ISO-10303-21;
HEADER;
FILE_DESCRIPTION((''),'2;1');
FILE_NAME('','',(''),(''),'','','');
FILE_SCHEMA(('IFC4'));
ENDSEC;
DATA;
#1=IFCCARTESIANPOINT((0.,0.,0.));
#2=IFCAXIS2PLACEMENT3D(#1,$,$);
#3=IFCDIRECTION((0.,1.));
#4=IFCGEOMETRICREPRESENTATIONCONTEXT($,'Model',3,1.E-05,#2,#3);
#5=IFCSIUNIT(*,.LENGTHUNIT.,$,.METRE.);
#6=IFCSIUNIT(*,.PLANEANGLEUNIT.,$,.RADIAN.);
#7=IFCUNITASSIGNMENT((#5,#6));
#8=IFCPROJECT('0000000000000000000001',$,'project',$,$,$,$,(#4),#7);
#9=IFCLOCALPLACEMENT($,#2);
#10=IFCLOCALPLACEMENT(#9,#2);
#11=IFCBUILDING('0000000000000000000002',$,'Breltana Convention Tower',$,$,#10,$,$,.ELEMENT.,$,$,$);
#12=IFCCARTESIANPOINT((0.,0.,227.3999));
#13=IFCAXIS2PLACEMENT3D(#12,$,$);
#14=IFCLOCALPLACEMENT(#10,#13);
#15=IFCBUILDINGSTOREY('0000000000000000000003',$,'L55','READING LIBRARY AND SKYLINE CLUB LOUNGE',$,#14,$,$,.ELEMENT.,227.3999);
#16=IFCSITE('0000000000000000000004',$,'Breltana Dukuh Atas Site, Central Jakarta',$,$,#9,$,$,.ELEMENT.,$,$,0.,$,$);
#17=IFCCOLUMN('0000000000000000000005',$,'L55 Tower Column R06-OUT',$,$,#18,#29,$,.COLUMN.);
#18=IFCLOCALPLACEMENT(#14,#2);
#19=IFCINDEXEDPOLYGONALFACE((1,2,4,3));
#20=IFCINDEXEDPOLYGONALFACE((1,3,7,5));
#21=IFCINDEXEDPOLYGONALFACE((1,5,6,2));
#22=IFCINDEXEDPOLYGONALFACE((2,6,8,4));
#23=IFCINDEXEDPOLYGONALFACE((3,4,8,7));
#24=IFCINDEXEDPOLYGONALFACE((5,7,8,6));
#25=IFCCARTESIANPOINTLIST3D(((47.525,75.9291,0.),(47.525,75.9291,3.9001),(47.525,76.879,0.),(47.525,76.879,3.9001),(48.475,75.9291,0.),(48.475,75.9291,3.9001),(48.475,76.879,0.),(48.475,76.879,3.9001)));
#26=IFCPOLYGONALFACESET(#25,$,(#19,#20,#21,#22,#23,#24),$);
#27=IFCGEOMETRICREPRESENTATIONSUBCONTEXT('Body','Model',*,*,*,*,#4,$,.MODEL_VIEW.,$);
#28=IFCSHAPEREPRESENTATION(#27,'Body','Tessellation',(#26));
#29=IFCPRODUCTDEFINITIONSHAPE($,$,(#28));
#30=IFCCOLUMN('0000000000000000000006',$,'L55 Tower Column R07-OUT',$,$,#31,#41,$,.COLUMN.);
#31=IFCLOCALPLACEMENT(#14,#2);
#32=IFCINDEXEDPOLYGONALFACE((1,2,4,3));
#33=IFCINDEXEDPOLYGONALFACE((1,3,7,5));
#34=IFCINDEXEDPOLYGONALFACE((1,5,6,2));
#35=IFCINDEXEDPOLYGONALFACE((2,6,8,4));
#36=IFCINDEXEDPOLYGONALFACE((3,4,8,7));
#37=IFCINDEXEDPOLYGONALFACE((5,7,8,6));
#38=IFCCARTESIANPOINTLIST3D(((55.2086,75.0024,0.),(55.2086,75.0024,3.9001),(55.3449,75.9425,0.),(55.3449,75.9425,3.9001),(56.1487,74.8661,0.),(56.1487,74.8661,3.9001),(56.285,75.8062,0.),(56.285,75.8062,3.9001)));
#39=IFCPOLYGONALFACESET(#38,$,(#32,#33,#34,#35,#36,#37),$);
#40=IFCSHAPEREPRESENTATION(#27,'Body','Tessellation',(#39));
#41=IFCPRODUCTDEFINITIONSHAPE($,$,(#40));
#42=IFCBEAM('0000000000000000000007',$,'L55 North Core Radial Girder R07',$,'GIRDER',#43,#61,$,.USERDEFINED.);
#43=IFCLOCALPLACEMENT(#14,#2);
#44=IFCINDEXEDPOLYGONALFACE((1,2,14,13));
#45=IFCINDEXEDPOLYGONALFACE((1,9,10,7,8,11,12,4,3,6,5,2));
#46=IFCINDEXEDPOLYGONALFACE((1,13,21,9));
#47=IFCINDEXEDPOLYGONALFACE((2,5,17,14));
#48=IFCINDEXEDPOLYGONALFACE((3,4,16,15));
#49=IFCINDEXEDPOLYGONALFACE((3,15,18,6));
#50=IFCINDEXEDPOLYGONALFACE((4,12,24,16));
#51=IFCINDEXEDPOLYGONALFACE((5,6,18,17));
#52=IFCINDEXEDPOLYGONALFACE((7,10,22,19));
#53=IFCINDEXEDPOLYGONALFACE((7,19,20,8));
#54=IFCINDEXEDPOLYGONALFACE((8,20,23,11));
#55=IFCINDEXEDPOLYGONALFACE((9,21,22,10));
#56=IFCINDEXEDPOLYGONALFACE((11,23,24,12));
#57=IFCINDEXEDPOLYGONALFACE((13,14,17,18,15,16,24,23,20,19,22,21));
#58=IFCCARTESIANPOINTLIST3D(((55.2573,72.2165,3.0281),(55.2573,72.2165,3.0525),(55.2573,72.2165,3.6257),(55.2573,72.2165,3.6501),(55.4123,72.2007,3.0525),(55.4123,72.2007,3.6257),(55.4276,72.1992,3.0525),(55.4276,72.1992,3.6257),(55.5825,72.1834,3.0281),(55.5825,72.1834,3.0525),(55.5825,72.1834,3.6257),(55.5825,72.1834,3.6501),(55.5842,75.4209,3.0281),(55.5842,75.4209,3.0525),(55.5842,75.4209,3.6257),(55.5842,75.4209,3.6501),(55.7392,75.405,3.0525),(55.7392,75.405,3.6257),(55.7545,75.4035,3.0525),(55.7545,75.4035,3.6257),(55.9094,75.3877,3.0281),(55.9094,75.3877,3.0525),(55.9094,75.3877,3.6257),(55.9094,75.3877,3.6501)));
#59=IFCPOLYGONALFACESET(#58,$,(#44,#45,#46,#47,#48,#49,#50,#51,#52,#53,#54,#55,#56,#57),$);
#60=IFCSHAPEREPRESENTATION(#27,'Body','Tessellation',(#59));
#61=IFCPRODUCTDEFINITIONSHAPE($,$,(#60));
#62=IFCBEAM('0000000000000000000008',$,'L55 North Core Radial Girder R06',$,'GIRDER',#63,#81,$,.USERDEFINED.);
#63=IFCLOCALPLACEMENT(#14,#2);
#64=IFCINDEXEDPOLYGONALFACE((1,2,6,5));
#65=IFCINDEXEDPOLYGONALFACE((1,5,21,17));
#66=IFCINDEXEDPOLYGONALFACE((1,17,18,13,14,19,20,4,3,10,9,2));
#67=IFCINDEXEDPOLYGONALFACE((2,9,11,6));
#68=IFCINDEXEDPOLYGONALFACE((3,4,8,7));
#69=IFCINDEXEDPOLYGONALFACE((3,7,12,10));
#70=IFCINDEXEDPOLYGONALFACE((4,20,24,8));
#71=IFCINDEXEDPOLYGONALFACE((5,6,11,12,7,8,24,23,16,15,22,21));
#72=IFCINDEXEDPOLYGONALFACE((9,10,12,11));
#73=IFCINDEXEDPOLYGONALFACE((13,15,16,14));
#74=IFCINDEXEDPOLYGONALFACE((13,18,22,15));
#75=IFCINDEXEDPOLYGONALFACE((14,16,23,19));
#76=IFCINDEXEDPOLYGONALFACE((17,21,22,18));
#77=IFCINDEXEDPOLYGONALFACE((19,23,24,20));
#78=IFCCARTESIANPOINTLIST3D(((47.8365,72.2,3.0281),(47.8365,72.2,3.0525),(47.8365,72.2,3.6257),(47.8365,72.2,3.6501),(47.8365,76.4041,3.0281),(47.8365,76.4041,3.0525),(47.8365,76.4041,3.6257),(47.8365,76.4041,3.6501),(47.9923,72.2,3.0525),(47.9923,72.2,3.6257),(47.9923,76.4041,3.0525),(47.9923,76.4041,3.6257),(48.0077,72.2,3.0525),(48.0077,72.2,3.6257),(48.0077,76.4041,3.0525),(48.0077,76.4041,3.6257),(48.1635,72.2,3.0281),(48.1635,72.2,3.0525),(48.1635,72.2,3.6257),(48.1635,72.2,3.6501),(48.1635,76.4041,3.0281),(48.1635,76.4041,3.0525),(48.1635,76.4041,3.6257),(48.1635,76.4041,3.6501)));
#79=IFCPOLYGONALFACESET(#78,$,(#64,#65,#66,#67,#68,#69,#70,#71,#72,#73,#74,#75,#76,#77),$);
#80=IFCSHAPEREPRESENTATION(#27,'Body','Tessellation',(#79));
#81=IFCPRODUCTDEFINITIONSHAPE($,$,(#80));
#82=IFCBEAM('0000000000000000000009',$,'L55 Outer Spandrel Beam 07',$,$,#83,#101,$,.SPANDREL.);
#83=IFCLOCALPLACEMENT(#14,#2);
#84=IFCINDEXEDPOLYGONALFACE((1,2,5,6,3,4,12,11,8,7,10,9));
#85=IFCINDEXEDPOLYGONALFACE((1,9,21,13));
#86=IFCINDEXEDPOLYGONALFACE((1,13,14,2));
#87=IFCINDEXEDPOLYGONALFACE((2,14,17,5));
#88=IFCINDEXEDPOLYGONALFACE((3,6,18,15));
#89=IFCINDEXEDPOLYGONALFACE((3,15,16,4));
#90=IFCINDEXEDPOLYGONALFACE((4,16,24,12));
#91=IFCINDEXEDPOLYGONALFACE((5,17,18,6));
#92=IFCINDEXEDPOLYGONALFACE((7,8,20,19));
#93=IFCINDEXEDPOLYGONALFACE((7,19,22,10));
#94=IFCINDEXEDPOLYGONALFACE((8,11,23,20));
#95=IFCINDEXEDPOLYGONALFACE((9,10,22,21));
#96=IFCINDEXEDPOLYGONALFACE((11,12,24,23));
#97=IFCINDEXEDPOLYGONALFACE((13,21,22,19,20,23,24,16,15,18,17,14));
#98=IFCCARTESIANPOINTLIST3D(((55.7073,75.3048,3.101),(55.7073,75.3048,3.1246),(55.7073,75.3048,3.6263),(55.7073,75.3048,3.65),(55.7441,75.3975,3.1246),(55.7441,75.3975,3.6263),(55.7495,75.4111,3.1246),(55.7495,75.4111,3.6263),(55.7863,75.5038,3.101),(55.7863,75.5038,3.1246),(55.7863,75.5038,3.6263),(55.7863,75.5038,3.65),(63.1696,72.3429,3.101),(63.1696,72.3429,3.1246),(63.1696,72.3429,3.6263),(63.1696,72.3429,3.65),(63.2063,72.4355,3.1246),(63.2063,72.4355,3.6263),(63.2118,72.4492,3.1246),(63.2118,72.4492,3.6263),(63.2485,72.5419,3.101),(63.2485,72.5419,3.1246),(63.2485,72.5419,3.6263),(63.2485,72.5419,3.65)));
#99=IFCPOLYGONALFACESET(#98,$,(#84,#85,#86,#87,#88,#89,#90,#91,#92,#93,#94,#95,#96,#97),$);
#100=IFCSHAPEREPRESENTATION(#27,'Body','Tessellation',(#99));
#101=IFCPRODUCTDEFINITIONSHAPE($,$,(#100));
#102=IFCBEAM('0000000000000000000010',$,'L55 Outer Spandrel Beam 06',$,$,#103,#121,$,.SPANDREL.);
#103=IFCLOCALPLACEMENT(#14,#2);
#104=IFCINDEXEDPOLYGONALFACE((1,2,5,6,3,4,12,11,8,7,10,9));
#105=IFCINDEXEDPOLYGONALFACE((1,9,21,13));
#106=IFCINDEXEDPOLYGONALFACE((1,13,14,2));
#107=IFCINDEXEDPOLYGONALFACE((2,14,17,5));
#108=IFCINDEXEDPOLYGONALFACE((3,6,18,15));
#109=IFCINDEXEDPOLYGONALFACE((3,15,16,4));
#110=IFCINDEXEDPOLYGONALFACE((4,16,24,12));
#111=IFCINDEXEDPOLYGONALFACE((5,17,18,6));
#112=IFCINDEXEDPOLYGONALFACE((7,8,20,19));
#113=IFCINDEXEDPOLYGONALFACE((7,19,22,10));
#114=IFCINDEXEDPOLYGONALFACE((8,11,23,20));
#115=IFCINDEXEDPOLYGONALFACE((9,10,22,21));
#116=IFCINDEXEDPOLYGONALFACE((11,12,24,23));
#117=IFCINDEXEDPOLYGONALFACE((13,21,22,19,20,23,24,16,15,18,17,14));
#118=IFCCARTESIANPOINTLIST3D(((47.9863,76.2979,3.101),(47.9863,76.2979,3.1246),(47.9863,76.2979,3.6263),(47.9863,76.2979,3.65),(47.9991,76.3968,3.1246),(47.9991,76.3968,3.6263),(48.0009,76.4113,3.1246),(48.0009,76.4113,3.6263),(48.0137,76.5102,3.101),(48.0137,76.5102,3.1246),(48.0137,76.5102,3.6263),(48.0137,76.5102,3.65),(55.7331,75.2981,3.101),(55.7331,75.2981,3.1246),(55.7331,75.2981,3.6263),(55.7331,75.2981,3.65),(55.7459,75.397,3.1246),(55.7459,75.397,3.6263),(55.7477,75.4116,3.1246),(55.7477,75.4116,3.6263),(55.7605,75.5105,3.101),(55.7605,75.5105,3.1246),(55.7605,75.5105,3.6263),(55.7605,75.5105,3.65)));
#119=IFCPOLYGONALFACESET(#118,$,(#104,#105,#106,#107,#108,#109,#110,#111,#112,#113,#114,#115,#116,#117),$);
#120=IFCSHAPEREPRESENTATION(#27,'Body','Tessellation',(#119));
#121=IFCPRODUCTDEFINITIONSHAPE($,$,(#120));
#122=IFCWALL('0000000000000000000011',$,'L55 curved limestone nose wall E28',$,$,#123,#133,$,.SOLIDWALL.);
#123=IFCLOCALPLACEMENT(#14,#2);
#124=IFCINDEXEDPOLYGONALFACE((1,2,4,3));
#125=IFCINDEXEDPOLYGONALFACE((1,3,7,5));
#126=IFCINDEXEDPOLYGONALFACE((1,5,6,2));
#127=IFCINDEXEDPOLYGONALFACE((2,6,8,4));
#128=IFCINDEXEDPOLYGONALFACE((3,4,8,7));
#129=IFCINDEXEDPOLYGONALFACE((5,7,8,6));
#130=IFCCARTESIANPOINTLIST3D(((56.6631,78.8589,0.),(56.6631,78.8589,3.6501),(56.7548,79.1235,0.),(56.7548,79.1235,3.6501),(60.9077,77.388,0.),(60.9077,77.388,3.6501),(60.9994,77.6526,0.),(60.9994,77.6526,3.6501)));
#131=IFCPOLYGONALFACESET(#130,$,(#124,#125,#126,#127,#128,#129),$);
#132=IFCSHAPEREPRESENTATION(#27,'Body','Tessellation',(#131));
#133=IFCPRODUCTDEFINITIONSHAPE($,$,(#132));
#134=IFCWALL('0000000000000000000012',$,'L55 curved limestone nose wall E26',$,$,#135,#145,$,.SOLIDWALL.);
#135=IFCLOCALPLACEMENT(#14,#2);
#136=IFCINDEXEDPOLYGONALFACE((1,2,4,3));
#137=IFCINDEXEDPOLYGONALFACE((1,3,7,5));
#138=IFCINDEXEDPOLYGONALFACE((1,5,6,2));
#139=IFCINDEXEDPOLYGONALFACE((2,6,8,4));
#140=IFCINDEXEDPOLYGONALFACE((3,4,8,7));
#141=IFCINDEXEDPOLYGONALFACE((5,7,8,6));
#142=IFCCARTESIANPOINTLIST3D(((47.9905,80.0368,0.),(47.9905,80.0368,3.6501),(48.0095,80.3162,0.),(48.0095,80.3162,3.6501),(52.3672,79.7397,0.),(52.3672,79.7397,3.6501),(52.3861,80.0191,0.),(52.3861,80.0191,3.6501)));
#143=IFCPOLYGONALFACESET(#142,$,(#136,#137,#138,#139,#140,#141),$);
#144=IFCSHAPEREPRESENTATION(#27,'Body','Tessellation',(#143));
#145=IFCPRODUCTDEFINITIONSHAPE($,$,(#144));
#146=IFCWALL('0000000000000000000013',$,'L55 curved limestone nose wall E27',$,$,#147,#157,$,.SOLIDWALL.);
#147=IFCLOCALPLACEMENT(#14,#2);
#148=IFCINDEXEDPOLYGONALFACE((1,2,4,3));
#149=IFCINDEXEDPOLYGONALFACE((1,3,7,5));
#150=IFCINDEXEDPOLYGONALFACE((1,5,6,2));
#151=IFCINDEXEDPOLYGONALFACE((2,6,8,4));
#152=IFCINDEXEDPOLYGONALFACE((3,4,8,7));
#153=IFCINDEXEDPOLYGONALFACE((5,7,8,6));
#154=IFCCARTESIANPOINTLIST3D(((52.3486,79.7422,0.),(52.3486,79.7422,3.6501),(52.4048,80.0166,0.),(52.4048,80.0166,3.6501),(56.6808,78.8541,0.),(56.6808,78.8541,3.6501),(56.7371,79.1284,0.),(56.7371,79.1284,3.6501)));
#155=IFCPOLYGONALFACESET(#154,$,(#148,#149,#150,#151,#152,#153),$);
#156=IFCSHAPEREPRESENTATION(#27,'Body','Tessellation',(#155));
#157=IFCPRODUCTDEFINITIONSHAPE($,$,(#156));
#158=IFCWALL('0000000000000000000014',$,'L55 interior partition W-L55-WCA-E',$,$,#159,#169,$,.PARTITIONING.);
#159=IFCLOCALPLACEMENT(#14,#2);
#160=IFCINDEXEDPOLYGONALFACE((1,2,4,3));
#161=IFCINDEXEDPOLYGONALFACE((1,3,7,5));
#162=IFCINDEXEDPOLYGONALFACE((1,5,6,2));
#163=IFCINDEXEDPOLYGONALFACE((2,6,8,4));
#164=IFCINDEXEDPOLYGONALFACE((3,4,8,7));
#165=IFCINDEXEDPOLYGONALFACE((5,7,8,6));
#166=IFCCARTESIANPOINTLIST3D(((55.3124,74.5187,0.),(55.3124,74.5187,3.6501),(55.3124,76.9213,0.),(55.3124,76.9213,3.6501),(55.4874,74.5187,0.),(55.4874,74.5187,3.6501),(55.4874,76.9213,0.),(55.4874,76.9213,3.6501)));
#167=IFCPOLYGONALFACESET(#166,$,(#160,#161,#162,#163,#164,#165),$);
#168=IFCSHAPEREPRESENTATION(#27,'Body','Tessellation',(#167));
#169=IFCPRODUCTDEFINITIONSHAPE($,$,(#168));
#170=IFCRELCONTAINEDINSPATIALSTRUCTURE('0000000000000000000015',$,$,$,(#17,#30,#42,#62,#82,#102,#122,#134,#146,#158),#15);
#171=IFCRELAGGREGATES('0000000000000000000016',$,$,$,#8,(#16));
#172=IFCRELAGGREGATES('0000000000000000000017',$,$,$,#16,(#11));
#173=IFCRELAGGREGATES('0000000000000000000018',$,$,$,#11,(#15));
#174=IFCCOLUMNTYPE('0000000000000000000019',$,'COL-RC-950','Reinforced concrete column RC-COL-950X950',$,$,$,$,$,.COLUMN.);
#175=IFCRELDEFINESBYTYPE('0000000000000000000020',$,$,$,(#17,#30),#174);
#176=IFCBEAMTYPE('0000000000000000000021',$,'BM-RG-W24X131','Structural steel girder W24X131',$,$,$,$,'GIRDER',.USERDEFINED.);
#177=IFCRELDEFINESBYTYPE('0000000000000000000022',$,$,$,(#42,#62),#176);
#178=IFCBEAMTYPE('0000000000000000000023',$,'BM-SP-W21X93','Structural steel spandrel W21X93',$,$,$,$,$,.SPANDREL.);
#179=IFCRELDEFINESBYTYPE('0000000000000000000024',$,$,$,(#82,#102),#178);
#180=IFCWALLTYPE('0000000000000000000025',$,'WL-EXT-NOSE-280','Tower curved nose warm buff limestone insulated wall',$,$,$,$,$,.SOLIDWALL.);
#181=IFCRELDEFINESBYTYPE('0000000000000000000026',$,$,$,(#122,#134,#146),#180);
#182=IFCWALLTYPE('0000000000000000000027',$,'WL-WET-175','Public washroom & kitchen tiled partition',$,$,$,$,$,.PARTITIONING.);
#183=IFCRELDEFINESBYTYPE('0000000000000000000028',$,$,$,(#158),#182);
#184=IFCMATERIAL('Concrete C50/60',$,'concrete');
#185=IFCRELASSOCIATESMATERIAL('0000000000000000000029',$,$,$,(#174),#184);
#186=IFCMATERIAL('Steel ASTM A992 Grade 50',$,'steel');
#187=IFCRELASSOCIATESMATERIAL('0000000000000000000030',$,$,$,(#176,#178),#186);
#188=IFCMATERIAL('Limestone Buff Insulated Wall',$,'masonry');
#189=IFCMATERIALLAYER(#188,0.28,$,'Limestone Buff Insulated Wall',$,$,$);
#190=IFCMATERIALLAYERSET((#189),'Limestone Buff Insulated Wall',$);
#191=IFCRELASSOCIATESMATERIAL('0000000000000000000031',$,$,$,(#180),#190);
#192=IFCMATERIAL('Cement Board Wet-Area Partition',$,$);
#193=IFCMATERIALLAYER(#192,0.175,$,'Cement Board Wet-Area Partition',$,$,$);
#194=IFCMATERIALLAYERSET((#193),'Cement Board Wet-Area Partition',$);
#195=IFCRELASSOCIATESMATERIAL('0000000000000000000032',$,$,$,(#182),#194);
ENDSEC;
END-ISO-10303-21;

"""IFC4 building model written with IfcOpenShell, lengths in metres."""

from ifc_helpers import new_model, si_unit, direction, frame, frame_2d, origin, origin_2d, place, context, subcontext, project, spatial, rectangle, i_section, extrude, source, transform, mapped, material, layer, layer_set, material_profile, profile_set, type_object, element, save


model = new_model("IFC4")

# Units and contexts
model_context = context("Model", 3, precision=1e-05, world=origin(), true_north=direction((0.0, 1.0)))
body_context = subcontext(model_context, "Body", "Model", "MODEL_VIEW")
ifc_project = project(units=[si_unit("LENGTHUNIT", "METRE"), si_unit("PLANEANGLEUNIT", "RADIAN")], contexts=[model_context])

# Site, building, storey
site_placement = place(None, origin())
site = spatial("IfcSite", under=ifc_project, at=site_placement, Name="Breltana Dukuh Atas Site, Central Jakarta", CompositionType="ELEMENT", RefElevation=0.0)
building_placement = place(site_placement, origin())
building = spatial("IfcBuilding", under=site, at=building_placement, Name="Breltana Convention Tower", CompositionType="ELEMENT")
storey_placement = place(building_placement, frame((0.0, 0.0, 227.3999)))
storey = spatial("IfcBuildingStorey", under=building, at=storey_placement, Name="L55", Description="READING LIBRARY AND SKYLINE CLUB LOUNGE", CompositionType="ELEMENT", Elevation=227.3999)

# Columns
ifc_material_1 = material(Name="Concrete C50/60", Category="concrete")
ifc_material_profile_1 = material_profile(ifc_material_1, rectangle(XDim=0.95, YDim=0.95, at=origin_2d()), Name="RC-COL-950X950")
ifc_profile_set_1 = profile_set([ifc_material_profile_1], Name="Concrete C50/60")
column_type = type_object("IfcColumnType", Name="COL-RC-950", Description="Reinforced concrete column RC-COL-950X950", PredefinedType="COLUMN", material=ifc_profile_set_1)
shared_shape_1 = source(origin(), body_context, "Body", "SweptSolid", [
    extrude(rectangle(XDim=0.95, YDim=0.95, at=origin_2d()), origin(), (0.0, 0.0, 1.0), 3.9001),
])
for number, where, z_axis, x_axis, name in (
    (1, (48.0, 76.4041, 0.0), (0.0, 0.0, 1.0), (0.0, 1.0, 0.0), "L55 Tower Column R06-OUT"),
    (2, (55.7468, 75.4043, 0.0), (0.0, 0.0, 1.0), (0.143493, 0.989651, 0.0), "L55 Tower Column R07-OUT"),
):
    element("IfcColumn", number, at=place(storey_placement, frame(where, z_axis=z_axis, x_axis=x_axis)), inside=storey, type_object=column_type, Name=name, PredefinedType="COLUMN", context=body_context, shape_type="MappedRepresentation", body=[
        mapped(shared_shape_1, transform((0.0, 0.0, 0.0), scale=1.0)),
    ])

# Beams
ifc_material_2 = material(Name="Steel ASTM A992 Grade 50", Category="steel")
ifc_material_profile_2 = material_profile(ifc_material_2, i_section(OverallWidth=0.3269, OverallDepth=0.6221, WebThickness=0.0154, FlangeThickness=0.0244, at=origin_2d()), Name="W24X131")
ifc_profile_set_2 = profile_set([ifc_material_profile_2], Name="Steel ASTM A992 Grade 50")
beam_type_1 = type_object("IfcBeamType", Name="BM-RG-W24X131", Description="Structural steel girder W24X131", ElementType="GIRDER", PredefinedType="USERDEFINED", material=ifc_profile_set_2)
shared_shape_2 = source(origin(), body_context, "Body", "SweptSolid", [
    extrude(i_section(OverallWidth=0.3269, OverallDepth=0.6221, WebThickness=0.0154, FlangeThickness=0.0244, at=origin_2d()), origin(), (0.0, 0.0, 1.0), 3.2209),
])
beam_1_placement = place(storey_placement, frame((55.4199, 72.2, 3.3391), z_axis=(0.101492, 0.994836, 0.0), x_axis=(-0.994836, 0.101492, 0.0)))
element("IfcBeam", 3, at=beam_1_placement, inside=storey, type_object=beam_type_1, Name="L55 North Core Radial Girder R07", ObjectType="GIRDER", PredefinedType="USERDEFINED", context=body_context, shape_type="MappedRepresentation", body=[
    mapped(shared_shape_2, transform((0.0, 0.0, 0.0), scale=1.0)),
])
shared_shape_3 = source(origin(), body_context, "Body", "SweptSolid", [
    extrude(i_section(OverallWidth=0.3269, OverallDepth=0.6221, WebThickness=0.0154, FlangeThickness=0.0244, at=origin_2d()), origin(), (0.0, 0.0, 1.0), 4.2041),
])
beam_2_placement = place(storey_placement, frame((48.0, 72.2, 3.3391), z_axis=(0.0, 1.0, 0.0), x_axis=(-1.0, 0.0, 0.0)))
element("IfcBeam", 4, at=beam_2_placement, inside=storey, type_object=beam_type_1, Name="L55 North Core Radial Girder R06", ObjectType="GIRDER", PredefinedType="USERDEFINED", context=body_context, shape_type="MappedRepresentation", body=[
    mapped(shared_shape_3, transform((0.0, 0.0, 0.0), scale=1.0)),
])
ifc_material_profile_3 = material_profile(ifc_material_2, i_section(OverallWidth=0.2141, OverallDepth=0.5491, WebThickness=0.0146, FlangeThickness=0.0237, at=origin_2d()), Name="W21X93")
ifc_profile_set_3 = profile_set([ifc_material_profile_3], Name="Steel ASTM A992 Grade 50")
beam_type_2 = type_object("IfcBeamType", Name="BM-SP-W21X93", Description="Structural steel spandrel W21X93", PredefinedType="SPANDREL", material=ifc_profile_set_3)
shared_shape_4 = source(origin(), body_context, "Body", "SweptSolid", [
    extrude(i_section(OverallWidth=0.2141, OverallDepth=0.5491, WebThickness=0.0146, FlangeThickness=0.0237, at=origin_2d()), origin(), (0.0, 0.0, 1.0), 8.0286),
])
beam_3_placement = place(storey_placement, frame((55.7468, 75.4043, 3.3755), z_axis=(0.929459, -0.368925, 0.0), x_axis=(0.368925, 0.929459, 0.0)))
element("IfcBeam", 5, at=beam_3_placement, inside=storey, type_object=beam_type_2, Name="L55 Outer Spandrel Beam 07", PredefinedType="SPANDREL", context=body_context, shape_type="MappedRepresentation", body=[
    mapped(shared_shape_4, transform((0.0, 0.0, 0.0), scale=1.0)),
])
shared_shape_5 = source(origin(), body_context, "Body", "SweptSolid", [
    extrude(i_section(OverallWidth=0.2141, OverallDepth=0.5491, WebThickness=0.0146, FlangeThickness=0.0237, at=origin_2d()), origin(), (0.0, 0.0, 1.0), 7.811),
])
beam_4_placement = place(storey_placement, frame((48.0, 76.4041, 3.3755), z_axis=(0.991775, -0.127992, 0.0), x_axis=(0.127992, 0.991775, 0.0)))
element("IfcBeam", 6, at=beam_4_placement, inside=storey, type_object=beam_type_2, Name="L55 Outer Spandrel Beam 06", PredefinedType="SPANDREL", context=body_context, shape_type="MappedRepresentation", body=[
    mapped(shared_shape_5, transform((0.0, 0.0, 0.0), scale=1.0)),
])

# Walls
ifc_material_3 = material(Name="Limestone Buff Insulated Wall", Category="masonry")
ifc_layer_1 = layer(ifc_material_3, 0.28, Name="Limestone Buff Insulated Wall")
ifc_layer_set_1 = layer_set([ifc_layer_1], Name="Limestone Buff Insulated Wall")
wall_type_1 = type_object("IfcWallType", Name="WL-EXT-NOSE-280", Description="Tower curved nose warm buff limestone insulated wall", PredefinedType="SOLIDWALL", material=ifc_layer_set_1)
shared_shape_6 = source(origin(), body_context, "Body", "SweptSolid", [
    extrude(rectangle(XDim=4.4922, YDim=0.28, at=frame_2d((2.2461, 0.0))), origin(), (0.0, 0.0, 1.0), 3.6501),
])
wall_1_placement = place(storey_placement, frame((56.709, 78.9912, 0.0), z_axis=(0.0, 0.0, 1.0), x_axis=(0.944872, -0.327439, 0.0)))
element("IfcWall", 7, at=wall_1_placement, inside=storey, type_object=wall_type_1, Name="L55 curved limestone nose wall E28", PredefinedType="SOLIDWALL", context=body_context, shape_type="MappedRepresentation", body=[
    mapped(shared_shape_6, transform((0.0, 0.0, 0.0), scale=1.0)),
])
shared_shape_7 = source(origin(), body_context, "Body", "SweptSolid", [
    extrude(rectangle(XDim=4.3867, YDim=0.28, at=frame_2d((2.1934, 0.0))), origin(), (0.0, 0.0, 1.0), 3.6501),
])
wall_2_placement = place(storey_placement, frame((48.0, 80.1765, 0.0), z_axis=(0.0, 0.0, 1.0), x_axis=(0.997704, -0.067731, 0.0)))
element("IfcWall", 8, at=wall_2_placement, inside=storey, type_object=wall_type_1, Name="L55 curved limestone nose wall E26", PredefinedType="SOLIDWALL", context=body_context, shape_type="MappedRepresentation", body=[
    mapped(shared_shape_7, transform((0.0, 0.0, 0.0), scale=1.0)),
])
shared_shape_8 = source(origin(), body_context, "Body", "SweptSolid", [
    extrude(rectangle(XDim=4.4224, YDim=0.28, at=frame_2d((2.2112, 0.0))), origin(), (0.0, 0.0, 1.0), 3.6501),
])
wall_3_placement = place(storey_placement, frame((52.3767, 79.8794, 0.0), z_axis=(0.0, 0.0, 1.0), x_axis=(0.979624, -0.200838, 0.0)))
element("IfcWall", 9, at=wall_3_placement, inside=storey, type_object=wall_type_1, Name="L55 curved limestone nose wall E27", PredefinedType="SOLIDWALL", context=body_context, shape_type="MappedRepresentation", body=[
    mapped(shared_shape_8, transform((0.0, 0.0, 0.0), scale=1.0)),
])

# Wall
ifc_material_4 = material(Name="Cement Board Wet-Area Partition")
ifc_layer_2 = layer(ifc_material_4, 0.175, Name="Cement Board Wet-Area Partition")
ifc_layer_set_2 = layer_set([ifc_layer_2], Name="Cement Board Wet-Area Partition")
wall_type_2 = type_object("IfcWallType", Name="WL-WET-175", Description="Public washroom & kitchen tiled partition", PredefinedType="PARTITIONING", material=ifc_layer_set_2)
shared_shape_9 = source(origin(), body_context, "Body", "SweptSolid", [
    extrude(rectangle(XDim=2.4026, YDim=0.175, at=frame_2d((1.2012, 0.0))), origin(), (0.0, 0.0, 1.0), 3.6501),
])
wall_4_placement = place(storey_placement, frame((55.3999, 74.5188, 0.0), z_axis=(0.0, 0.0, 1.0), x_axis=(0.0, 1.0, 0.0)))
element("IfcWall", 10, at=wall_4_placement, inside=storey, type_object=wall_type_2, Name="L55 interior partition W-L55-WCA-E", PredefinedType="PARTITIONING", context=body_context, shape_type="MappedRepresentation", body=[
    mapped(shared_shape_9, transform((0.0, 0.0, 0.0), scale=1.0)),
])

save(model, "model.ifc")
